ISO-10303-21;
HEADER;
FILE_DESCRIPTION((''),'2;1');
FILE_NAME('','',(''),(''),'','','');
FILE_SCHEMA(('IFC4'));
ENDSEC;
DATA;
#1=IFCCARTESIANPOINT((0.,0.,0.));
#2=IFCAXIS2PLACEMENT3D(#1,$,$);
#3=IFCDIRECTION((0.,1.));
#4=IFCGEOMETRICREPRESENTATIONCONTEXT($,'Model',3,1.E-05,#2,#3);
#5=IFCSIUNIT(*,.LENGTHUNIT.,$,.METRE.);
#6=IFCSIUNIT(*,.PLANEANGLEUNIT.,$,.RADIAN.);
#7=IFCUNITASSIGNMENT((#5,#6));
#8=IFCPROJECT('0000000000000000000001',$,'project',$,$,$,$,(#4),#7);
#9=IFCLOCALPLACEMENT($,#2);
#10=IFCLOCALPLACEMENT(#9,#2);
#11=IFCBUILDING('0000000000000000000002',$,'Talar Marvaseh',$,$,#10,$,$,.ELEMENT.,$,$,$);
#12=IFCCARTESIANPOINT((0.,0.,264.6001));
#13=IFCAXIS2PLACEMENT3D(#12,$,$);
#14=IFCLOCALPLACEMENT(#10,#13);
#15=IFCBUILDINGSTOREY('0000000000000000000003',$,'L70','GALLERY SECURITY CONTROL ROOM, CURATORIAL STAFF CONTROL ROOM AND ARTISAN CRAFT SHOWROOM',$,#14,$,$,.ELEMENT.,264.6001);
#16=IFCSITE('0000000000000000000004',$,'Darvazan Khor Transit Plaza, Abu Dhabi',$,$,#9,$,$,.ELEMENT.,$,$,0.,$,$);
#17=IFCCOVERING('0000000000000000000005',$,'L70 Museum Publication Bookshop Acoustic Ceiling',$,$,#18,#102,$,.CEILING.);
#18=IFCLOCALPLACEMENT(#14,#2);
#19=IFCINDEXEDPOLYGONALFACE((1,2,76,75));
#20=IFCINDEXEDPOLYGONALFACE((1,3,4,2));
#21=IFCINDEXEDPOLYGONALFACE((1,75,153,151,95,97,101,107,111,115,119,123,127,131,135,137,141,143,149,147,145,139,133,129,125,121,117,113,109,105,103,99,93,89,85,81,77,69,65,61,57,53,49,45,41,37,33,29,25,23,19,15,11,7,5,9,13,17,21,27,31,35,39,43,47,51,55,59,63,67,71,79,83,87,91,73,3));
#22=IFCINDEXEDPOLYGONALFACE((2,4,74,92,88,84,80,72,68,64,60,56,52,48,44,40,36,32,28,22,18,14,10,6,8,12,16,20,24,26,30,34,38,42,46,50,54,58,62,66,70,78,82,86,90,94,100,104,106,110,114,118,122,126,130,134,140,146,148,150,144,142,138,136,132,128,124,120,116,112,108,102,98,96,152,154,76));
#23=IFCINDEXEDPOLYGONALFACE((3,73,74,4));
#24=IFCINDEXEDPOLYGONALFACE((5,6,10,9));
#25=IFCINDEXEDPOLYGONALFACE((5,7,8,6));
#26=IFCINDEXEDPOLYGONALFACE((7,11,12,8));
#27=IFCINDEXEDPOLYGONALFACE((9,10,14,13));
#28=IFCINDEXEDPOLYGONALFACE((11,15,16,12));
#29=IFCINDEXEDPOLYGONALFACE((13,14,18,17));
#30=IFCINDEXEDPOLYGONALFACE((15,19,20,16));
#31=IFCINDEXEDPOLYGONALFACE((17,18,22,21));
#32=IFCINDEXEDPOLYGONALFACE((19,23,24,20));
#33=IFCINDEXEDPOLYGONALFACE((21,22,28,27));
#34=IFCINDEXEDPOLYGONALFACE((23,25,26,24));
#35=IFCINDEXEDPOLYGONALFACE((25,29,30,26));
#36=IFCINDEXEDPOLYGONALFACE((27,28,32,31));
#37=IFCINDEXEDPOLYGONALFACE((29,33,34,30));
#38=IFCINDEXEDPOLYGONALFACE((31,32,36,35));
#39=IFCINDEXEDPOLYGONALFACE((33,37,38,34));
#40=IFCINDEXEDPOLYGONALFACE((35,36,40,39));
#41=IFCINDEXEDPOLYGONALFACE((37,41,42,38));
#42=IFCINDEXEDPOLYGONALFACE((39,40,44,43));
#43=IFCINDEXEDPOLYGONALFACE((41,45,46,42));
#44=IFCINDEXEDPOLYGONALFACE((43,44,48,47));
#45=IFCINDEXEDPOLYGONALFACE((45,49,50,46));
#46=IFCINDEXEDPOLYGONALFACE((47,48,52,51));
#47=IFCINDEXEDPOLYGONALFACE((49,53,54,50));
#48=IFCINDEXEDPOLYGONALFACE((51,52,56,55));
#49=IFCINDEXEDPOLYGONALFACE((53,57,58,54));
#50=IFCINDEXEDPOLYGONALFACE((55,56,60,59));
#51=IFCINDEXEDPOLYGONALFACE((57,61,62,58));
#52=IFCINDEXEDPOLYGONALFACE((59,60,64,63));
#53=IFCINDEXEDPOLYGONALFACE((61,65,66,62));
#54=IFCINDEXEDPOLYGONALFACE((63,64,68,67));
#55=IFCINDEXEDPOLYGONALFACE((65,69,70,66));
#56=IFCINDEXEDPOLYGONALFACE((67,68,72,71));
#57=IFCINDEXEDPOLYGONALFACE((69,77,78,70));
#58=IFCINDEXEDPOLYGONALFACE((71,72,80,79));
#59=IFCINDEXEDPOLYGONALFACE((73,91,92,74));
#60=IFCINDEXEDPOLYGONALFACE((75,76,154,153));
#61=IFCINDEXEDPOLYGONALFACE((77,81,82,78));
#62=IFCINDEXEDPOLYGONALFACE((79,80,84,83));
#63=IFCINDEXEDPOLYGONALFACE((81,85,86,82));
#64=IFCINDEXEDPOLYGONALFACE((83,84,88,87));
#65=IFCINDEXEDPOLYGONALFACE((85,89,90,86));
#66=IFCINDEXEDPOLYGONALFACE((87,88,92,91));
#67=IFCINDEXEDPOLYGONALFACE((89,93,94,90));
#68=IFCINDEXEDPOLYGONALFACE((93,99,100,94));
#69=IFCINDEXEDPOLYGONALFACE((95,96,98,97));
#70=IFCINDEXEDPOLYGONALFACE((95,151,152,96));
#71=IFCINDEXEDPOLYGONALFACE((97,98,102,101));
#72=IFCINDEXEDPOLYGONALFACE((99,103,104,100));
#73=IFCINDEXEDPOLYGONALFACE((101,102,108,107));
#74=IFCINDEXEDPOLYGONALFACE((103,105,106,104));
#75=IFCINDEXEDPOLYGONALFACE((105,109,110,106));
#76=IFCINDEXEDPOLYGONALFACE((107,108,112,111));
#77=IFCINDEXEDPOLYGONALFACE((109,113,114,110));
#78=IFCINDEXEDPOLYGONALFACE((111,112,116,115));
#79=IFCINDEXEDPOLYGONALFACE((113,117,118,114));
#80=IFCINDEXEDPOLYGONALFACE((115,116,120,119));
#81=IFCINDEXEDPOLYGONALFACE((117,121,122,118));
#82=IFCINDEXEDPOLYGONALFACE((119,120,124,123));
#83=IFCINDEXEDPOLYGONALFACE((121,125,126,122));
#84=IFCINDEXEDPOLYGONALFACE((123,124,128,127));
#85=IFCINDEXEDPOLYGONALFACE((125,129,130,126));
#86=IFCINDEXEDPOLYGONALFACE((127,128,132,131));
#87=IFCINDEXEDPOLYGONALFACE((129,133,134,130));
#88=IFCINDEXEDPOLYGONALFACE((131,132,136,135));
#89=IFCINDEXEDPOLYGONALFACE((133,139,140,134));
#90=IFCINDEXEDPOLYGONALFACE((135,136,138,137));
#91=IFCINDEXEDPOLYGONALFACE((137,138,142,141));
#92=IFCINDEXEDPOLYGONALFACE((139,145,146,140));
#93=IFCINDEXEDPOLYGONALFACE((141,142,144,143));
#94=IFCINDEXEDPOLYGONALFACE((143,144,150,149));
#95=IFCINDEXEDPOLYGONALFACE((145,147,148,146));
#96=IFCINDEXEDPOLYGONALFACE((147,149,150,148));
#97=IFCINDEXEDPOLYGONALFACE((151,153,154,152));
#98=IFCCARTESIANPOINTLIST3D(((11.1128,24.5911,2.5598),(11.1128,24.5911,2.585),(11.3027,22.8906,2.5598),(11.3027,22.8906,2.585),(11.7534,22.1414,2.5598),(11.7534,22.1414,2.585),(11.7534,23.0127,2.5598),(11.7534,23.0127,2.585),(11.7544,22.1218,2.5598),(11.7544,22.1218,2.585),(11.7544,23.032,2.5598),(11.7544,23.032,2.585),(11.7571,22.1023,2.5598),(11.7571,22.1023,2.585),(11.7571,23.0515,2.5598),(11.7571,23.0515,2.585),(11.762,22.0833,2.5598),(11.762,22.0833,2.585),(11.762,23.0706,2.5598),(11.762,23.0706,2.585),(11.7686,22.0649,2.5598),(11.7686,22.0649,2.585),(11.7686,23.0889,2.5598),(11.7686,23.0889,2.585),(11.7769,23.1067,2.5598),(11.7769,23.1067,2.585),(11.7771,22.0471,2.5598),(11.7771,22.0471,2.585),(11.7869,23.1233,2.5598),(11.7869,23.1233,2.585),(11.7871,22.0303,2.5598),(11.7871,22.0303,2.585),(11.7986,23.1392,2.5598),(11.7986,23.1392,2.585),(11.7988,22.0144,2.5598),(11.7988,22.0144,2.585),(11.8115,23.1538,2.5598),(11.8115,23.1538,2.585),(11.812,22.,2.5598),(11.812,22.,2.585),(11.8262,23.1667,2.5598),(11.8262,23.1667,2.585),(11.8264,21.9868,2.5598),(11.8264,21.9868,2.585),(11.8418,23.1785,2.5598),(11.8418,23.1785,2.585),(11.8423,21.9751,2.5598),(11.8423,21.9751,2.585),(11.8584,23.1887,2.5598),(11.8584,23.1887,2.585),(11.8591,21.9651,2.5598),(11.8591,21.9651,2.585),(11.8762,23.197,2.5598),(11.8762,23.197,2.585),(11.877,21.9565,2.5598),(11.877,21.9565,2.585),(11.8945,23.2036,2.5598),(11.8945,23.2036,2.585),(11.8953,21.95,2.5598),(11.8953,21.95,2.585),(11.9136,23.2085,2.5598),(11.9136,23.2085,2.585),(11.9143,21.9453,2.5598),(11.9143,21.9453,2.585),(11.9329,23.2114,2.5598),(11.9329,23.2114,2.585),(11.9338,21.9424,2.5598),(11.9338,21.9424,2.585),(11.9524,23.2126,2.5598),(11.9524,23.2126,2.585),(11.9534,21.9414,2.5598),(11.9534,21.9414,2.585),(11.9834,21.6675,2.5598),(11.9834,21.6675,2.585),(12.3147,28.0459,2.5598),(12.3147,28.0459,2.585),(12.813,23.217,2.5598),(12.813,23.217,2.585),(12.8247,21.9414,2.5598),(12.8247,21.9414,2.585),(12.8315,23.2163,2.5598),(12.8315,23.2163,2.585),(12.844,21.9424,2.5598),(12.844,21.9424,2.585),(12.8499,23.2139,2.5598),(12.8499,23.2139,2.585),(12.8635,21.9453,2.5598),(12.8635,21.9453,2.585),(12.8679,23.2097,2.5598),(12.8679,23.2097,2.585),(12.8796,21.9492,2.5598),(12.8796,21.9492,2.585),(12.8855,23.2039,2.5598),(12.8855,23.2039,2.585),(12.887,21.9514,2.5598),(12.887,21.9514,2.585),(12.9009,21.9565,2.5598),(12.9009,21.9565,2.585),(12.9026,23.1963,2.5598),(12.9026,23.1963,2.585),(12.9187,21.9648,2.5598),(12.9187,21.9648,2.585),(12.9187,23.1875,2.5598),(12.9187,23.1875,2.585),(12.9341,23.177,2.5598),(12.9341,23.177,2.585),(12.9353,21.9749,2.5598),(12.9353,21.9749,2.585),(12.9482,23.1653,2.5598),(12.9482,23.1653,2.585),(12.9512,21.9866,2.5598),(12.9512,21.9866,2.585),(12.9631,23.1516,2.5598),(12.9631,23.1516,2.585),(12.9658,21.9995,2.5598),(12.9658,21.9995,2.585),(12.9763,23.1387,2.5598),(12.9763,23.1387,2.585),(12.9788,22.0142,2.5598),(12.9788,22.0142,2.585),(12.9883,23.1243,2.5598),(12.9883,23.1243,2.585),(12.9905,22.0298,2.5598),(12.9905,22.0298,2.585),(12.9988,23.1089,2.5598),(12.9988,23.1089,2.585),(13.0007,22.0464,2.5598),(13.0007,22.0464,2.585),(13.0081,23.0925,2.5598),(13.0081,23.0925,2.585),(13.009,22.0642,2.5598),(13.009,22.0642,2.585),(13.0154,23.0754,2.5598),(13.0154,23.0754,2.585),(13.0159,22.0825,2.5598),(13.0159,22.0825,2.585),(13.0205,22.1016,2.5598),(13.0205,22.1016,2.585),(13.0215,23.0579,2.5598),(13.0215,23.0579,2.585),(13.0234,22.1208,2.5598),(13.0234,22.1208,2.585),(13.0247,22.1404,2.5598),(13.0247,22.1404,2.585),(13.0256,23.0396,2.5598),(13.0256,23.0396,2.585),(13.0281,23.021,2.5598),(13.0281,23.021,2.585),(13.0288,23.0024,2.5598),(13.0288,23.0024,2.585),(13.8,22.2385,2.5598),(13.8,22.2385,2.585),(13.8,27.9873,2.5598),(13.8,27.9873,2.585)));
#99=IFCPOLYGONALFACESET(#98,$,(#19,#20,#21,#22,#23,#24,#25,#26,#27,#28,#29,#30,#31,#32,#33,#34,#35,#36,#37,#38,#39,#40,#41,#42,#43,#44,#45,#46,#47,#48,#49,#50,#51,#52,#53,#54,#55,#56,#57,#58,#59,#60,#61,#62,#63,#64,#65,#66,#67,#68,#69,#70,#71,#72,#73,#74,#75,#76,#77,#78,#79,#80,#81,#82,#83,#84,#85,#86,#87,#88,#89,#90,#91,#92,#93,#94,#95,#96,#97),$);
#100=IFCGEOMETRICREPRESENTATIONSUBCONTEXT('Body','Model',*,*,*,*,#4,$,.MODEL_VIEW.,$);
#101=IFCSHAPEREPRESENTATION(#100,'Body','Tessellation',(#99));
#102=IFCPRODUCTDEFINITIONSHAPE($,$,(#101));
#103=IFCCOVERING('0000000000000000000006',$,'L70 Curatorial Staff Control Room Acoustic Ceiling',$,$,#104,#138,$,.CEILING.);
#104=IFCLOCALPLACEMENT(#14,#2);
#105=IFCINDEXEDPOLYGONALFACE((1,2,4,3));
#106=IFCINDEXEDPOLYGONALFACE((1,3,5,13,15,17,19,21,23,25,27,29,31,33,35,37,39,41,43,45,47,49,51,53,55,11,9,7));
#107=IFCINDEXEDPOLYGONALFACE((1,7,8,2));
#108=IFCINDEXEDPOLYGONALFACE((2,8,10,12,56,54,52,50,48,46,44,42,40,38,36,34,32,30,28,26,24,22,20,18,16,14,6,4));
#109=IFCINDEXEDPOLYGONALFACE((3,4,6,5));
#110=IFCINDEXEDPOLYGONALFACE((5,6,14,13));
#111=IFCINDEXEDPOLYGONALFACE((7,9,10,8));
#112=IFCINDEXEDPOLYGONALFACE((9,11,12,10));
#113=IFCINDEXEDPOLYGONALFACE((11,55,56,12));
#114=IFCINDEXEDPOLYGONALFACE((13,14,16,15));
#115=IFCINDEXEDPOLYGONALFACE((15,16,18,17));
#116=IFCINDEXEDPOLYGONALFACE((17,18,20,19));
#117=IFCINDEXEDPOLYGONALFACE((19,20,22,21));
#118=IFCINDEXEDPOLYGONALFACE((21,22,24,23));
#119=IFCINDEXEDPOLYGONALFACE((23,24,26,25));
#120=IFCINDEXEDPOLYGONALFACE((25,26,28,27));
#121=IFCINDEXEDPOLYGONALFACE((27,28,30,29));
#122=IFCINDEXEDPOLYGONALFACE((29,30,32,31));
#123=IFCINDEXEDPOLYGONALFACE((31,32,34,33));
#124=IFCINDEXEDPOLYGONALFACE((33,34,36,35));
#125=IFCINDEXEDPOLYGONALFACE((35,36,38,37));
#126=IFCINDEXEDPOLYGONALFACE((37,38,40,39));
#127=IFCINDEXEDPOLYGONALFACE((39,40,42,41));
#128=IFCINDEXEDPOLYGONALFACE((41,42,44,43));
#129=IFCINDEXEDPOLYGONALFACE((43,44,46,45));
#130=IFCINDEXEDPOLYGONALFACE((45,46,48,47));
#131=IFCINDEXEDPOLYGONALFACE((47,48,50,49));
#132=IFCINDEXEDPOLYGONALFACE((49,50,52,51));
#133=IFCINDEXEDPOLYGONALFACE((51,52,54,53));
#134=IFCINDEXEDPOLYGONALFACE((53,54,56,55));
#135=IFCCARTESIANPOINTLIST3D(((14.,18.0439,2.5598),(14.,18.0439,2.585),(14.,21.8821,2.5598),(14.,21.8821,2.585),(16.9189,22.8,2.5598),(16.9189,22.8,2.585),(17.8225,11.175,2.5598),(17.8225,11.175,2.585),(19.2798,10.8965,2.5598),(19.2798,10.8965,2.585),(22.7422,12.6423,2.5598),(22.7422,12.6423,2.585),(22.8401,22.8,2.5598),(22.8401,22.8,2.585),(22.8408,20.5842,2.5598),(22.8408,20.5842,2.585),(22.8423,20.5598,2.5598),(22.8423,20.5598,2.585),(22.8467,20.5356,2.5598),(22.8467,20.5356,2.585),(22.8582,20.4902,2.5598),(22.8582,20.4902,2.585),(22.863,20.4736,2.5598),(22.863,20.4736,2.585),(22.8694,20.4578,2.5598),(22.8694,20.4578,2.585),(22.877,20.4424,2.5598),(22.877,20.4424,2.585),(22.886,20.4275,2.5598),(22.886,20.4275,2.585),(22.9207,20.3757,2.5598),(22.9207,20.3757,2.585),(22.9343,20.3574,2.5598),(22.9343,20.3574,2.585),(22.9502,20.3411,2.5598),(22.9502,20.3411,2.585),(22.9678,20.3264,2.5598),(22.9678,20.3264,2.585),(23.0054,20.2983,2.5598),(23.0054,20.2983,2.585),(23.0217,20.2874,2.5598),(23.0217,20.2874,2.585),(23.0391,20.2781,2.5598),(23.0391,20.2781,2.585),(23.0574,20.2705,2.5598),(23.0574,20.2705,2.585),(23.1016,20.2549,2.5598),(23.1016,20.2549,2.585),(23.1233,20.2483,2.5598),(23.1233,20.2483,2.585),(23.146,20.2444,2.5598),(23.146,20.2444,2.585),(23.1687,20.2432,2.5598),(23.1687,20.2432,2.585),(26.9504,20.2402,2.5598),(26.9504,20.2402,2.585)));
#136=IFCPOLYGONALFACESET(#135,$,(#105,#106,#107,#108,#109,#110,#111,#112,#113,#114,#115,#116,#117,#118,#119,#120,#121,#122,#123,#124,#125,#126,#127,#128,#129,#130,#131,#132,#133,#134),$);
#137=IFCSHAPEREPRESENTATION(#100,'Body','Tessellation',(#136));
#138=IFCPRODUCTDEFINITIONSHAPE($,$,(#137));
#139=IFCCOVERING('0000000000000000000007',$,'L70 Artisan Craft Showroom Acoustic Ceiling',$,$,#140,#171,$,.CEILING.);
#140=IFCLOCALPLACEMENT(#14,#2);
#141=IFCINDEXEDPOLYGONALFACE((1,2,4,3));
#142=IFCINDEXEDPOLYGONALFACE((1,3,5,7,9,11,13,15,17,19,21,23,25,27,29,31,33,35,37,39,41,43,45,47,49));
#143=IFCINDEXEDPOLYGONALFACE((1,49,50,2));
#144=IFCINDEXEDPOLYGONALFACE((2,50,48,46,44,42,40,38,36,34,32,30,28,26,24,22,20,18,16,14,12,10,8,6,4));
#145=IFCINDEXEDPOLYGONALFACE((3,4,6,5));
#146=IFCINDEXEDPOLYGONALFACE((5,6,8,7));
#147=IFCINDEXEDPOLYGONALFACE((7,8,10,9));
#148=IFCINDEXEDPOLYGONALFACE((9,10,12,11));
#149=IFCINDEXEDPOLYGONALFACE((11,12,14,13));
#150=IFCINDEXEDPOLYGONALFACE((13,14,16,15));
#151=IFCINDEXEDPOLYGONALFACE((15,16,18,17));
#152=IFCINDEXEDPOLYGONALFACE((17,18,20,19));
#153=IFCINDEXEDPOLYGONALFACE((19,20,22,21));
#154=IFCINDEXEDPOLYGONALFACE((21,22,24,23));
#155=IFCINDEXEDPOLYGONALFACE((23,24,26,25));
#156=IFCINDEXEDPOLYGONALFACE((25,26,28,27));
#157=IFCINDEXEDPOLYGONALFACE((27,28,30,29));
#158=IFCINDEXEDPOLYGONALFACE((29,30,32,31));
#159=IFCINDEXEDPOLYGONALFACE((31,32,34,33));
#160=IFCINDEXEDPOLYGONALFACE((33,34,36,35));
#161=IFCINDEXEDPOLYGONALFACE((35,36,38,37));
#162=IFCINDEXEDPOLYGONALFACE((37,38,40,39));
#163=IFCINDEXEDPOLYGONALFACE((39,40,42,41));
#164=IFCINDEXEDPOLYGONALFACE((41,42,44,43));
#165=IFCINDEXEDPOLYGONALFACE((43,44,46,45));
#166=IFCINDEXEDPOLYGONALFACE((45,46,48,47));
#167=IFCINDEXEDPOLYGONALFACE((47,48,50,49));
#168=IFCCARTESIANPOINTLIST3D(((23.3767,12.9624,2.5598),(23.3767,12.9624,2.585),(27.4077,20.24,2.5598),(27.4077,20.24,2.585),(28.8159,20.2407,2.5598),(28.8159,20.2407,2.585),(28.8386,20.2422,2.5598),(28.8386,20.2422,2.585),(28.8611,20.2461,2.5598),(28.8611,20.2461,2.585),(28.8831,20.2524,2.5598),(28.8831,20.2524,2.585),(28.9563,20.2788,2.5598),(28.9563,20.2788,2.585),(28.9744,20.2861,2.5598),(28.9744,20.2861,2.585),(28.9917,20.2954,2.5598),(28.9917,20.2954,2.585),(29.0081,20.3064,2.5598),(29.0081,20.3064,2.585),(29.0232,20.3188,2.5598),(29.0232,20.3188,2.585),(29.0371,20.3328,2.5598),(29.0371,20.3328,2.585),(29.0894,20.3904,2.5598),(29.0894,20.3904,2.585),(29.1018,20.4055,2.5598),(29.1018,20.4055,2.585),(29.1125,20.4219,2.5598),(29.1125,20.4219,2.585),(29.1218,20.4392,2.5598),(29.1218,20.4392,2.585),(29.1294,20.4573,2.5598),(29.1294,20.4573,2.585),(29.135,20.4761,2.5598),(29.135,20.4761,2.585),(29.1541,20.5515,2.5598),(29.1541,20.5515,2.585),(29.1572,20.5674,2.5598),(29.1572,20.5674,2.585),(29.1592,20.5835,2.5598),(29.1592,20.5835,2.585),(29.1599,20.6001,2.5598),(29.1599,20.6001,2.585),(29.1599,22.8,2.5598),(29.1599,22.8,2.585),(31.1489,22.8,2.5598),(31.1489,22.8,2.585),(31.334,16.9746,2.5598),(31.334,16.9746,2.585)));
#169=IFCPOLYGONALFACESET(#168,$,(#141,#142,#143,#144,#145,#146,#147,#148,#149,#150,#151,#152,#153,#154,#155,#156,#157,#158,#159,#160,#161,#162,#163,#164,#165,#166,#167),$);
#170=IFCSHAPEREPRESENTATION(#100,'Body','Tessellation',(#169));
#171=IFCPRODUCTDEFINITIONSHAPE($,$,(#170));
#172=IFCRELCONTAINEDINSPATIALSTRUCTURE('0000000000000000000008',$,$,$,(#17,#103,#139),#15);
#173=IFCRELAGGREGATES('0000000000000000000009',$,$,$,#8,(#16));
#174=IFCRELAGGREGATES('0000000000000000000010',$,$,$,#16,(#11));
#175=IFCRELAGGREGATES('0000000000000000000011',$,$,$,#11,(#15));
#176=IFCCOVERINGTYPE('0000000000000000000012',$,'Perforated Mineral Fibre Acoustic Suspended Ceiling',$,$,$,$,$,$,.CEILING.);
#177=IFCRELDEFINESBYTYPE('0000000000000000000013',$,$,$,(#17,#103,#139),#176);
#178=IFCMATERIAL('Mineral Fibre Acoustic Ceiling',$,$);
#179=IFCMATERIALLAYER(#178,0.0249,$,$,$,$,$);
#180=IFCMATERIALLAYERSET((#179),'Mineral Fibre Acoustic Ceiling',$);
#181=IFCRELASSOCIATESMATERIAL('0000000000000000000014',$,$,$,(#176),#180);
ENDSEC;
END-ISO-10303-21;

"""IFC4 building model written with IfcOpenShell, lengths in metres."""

from ifc_helpers import new_model, si_unit, direction, frame, origin, place, context, subcontext, project, spatial, polyline, outline, extrude, material, layer, layer_set, type_object, element, save


model = new_model("IFC4")

# Units and contexts
model_context = context("Model", 3, precision=1e-05, world=origin(), true_north=direction((0.0, 1.0)))
body_context = subcontext(model_context, "Body", "Model", "MODEL_VIEW")
ifc_project = project(units=[si_unit("LENGTHUNIT", "METRE"), si_unit("PLANEANGLEUNIT", "RADIAN")], contexts=[model_context])

# Site, building, storey
site_placement = place(None, origin())
site = spatial("IfcSite", under=ifc_project, at=site_placement, Name="Darvazan Khor Transit Plaza, Abu Dhabi", CompositionType="ELEMENT", RefElevation=0.0)
building_placement = place(site_placement, origin())
building = spatial("IfcBuilding", under=site, at=building_placement, Name="Talar Marvaseh", CompositionType="ELEMENT")
storey_placement = place(building_placement, frame((0.0, 0.0, 264.6001)))
storey = spatial("IfcBuildingStorey", under=building, at=storey_placement, Name="L70", Description="GALLERY SECURITY CONTROL ROOM, CURATORIAL STAFF CONTROL ROOM AND ARTISAN CRAFT SHOWROOM", CompositionType="ELEMENT", Elevation=264.6001)

# Coverings
ifc_material_1 = material(Name="Mineral Fibre Acoustic Ceiling")
ifc_layer_1 = layer(ifc_material_1, 0.0249)
ifc_layer_set_1 = layer_set([ifc_layer_1], Name="Mineral Fibre Acoustic Ceiling")
covering_type_1 = type_object("IfcCoveringType", Name="Perforated Mineral Fibre Acoustic Suspended Ceiling", PredefinedType="CEILING", material=ifc_layer_set_1)
covering_1_placement = place(storey_placement, frame((0.0, 0.0, 2.5598)))
element("IfcCovering", 1, at=covering_1_placement, inside=storey, type_object=covering_type_1, Name="L70 Museum Publication Bookshop Acoustic Ceiling", PredefinedType="CEILING", context=body_context, shape_type="SweptSolid", body=[
    extrude(outline(polyline([(13.8, 27.9873), (13.8, 22.2385), (12.887, 21.9514), (12.9009, 21.9565), (12.9187, 21.9648), (12.9353, 21.9749), (12.9512, 21.9866), (12.9658, 21.9995), (12.9788, 22.0142), (12.9905, 22.0298), (13.0007, 22.0464), (13.009, 22.0642), (13.0159, 22.0825), (13.0205, 22.1016), (13.0234, 22.1208), (13.0247, 22.1404), (13.0288, 23.0024), (13.0281, 23.021), (13.0256, 23.0396), (13.0215, 23.0579), (13.0154, 23.0754), (13.0081, 23.0925), (12.9988, 23.1089), (12.9883, 23.1243), (12.9763, 23.1387), (12.9631, 23.1516), (12.9482, 23.1653), (12.9341, 23.177), (12.9187, 23.1875), (12.9026, 23.1963), (12.8855, 23.2039), (12.8679, 23.2097), (12.8499, 23.2139), (12.8315, 23.2163), (12.813, 23.217), (11.9524, 23.2126), (11.9329, 23.2114), (11.9136, 23.2085), (11.8945, 23.2036), (11.8762, 23.197), (11.8584, 23.1887), (11.8418, 23.1785), (11.8262, 23.1667), (11.8115, 23.1538), (11.7986, 23.1392), (11.7869, 23.1233), (11.7769, 23.1067), (11.7686, 23.0889), (11.762, 23.0706), (11.7571, 23.0515), (11.7544, 23.032), (11.7534, 23.0127), (11.7534, 22.1414), (11.7544, 22.1218), (11.7571, 22.1023), (11.762, 22.0833), (11.7686, 22.0649), (11.7771, 22.0471), (11.7871, 22.0303), (11.7988, 22.0144), (11.812, 22.0), (11.8264, 21.9868), (11.8423, 21.9751), (11.8591, 21.9651), (11.877, 21.9565), (11.8953, 21.95), (11.9143, 21.9453), (11.9338, 21.9424), (11.9534, 21.9414), (12.8247, 21.9414), (12.844, 21.9424), (12.8635, 21.9453), (12.8796, 21.9492), (11.9834, 21.6675), (11.3027, 22.8906), (11.1128, 24.5911), (12.3147, 28.0459), (13.8, 27.9873)])), origin(), (0.0, 0.0, 1.0), 0.0251),
])
covering_2_placement = place(storey_placement, frame((0.0, 0.0, 2.5598)))
element("IfcCovering", 2, at=covering_2_placement, inside=storey, type_object=covering_type_1, Name="L70 Curatorial Staff Control Room Acoustic Ceiling", PredefinedType="CEILING", context=body_context, shape_type="SweptSolid", body=[
    extrude(outline(polyline([(22.8401, 22.8), (22.8408, 20.5842), (22.8423, 20.5598), (22.8467, 20.5356), (22.8582, 20.4902), (22.863, 20.4736), (22.8694, 20.4578), (22.877, 20.4424), (22.886, 20.4275), (22.9207, 20.3757), (22.9343, 20.3574), (22.9502, 20.3411), (22.9678, 20.3264), (23.0054, 20.2983), (23.0217, 20.2874), (23.0391, 20.2781), (23.0574, 20.2705), (23.1016, 20.2549), (23.1233, 20.2483), (23.146, 20.2444), (23.1687, 20.2432), (26.9504, 20.2402), (22.7422, 12.6423), (19.2798, 10.8965), (17.8225, 11.175), (14.0, 18.0439), (14.0, 21.8821), (16.9189, 22.8), (22.8401, 22.8)])), origin(), (0.0, 0.0, 1.0), 0.0251),
])
covering_3_placement = place(storey_placement, frame((0.0, 0.0, 2.5598)))
element("IfcCovering", 3, at=covering_3_placement, inside=storey, type_object=covering_type_1, Name="L70 Artisan Craft Showroom Acoustic Ceiling", PredefinedType="CEILING", context=body_context, shape_type="SweptSolid", body=[
    extrude(outline(polyline([(28.8386, 20.2422), (28.8611, 20.2461), (28.8831, 20.2524), (28.9563, 20.2788), (28.9744, 20.2861), (28.9917, 20.2954), (29.0081, 20.3064), (29.0232, 20.3188), (29.0371, 20.3328), (29.0894, 20.3904), (29.1018, 20.4055), (29.1125, 20.4219), (29.1218, 20.4392), (29.1294, 20.4573), (29.135, 20.4761), (29.1541, 20.5515), (29.1572, 20.5674), (29.1592, 20.5835), (29.1599, 20.6001), (29.1599, 22.8), (31.1489, 22.8), (31.334, 16.9746), (23.3767, 12.9624), (27.4077, 20.24), (28.8159, 20.2407), (28.8386, 20.2422)])), origin(), (0.0, 0.0, 1.0), 0.0251),
])

save(model, "model.ifc")
